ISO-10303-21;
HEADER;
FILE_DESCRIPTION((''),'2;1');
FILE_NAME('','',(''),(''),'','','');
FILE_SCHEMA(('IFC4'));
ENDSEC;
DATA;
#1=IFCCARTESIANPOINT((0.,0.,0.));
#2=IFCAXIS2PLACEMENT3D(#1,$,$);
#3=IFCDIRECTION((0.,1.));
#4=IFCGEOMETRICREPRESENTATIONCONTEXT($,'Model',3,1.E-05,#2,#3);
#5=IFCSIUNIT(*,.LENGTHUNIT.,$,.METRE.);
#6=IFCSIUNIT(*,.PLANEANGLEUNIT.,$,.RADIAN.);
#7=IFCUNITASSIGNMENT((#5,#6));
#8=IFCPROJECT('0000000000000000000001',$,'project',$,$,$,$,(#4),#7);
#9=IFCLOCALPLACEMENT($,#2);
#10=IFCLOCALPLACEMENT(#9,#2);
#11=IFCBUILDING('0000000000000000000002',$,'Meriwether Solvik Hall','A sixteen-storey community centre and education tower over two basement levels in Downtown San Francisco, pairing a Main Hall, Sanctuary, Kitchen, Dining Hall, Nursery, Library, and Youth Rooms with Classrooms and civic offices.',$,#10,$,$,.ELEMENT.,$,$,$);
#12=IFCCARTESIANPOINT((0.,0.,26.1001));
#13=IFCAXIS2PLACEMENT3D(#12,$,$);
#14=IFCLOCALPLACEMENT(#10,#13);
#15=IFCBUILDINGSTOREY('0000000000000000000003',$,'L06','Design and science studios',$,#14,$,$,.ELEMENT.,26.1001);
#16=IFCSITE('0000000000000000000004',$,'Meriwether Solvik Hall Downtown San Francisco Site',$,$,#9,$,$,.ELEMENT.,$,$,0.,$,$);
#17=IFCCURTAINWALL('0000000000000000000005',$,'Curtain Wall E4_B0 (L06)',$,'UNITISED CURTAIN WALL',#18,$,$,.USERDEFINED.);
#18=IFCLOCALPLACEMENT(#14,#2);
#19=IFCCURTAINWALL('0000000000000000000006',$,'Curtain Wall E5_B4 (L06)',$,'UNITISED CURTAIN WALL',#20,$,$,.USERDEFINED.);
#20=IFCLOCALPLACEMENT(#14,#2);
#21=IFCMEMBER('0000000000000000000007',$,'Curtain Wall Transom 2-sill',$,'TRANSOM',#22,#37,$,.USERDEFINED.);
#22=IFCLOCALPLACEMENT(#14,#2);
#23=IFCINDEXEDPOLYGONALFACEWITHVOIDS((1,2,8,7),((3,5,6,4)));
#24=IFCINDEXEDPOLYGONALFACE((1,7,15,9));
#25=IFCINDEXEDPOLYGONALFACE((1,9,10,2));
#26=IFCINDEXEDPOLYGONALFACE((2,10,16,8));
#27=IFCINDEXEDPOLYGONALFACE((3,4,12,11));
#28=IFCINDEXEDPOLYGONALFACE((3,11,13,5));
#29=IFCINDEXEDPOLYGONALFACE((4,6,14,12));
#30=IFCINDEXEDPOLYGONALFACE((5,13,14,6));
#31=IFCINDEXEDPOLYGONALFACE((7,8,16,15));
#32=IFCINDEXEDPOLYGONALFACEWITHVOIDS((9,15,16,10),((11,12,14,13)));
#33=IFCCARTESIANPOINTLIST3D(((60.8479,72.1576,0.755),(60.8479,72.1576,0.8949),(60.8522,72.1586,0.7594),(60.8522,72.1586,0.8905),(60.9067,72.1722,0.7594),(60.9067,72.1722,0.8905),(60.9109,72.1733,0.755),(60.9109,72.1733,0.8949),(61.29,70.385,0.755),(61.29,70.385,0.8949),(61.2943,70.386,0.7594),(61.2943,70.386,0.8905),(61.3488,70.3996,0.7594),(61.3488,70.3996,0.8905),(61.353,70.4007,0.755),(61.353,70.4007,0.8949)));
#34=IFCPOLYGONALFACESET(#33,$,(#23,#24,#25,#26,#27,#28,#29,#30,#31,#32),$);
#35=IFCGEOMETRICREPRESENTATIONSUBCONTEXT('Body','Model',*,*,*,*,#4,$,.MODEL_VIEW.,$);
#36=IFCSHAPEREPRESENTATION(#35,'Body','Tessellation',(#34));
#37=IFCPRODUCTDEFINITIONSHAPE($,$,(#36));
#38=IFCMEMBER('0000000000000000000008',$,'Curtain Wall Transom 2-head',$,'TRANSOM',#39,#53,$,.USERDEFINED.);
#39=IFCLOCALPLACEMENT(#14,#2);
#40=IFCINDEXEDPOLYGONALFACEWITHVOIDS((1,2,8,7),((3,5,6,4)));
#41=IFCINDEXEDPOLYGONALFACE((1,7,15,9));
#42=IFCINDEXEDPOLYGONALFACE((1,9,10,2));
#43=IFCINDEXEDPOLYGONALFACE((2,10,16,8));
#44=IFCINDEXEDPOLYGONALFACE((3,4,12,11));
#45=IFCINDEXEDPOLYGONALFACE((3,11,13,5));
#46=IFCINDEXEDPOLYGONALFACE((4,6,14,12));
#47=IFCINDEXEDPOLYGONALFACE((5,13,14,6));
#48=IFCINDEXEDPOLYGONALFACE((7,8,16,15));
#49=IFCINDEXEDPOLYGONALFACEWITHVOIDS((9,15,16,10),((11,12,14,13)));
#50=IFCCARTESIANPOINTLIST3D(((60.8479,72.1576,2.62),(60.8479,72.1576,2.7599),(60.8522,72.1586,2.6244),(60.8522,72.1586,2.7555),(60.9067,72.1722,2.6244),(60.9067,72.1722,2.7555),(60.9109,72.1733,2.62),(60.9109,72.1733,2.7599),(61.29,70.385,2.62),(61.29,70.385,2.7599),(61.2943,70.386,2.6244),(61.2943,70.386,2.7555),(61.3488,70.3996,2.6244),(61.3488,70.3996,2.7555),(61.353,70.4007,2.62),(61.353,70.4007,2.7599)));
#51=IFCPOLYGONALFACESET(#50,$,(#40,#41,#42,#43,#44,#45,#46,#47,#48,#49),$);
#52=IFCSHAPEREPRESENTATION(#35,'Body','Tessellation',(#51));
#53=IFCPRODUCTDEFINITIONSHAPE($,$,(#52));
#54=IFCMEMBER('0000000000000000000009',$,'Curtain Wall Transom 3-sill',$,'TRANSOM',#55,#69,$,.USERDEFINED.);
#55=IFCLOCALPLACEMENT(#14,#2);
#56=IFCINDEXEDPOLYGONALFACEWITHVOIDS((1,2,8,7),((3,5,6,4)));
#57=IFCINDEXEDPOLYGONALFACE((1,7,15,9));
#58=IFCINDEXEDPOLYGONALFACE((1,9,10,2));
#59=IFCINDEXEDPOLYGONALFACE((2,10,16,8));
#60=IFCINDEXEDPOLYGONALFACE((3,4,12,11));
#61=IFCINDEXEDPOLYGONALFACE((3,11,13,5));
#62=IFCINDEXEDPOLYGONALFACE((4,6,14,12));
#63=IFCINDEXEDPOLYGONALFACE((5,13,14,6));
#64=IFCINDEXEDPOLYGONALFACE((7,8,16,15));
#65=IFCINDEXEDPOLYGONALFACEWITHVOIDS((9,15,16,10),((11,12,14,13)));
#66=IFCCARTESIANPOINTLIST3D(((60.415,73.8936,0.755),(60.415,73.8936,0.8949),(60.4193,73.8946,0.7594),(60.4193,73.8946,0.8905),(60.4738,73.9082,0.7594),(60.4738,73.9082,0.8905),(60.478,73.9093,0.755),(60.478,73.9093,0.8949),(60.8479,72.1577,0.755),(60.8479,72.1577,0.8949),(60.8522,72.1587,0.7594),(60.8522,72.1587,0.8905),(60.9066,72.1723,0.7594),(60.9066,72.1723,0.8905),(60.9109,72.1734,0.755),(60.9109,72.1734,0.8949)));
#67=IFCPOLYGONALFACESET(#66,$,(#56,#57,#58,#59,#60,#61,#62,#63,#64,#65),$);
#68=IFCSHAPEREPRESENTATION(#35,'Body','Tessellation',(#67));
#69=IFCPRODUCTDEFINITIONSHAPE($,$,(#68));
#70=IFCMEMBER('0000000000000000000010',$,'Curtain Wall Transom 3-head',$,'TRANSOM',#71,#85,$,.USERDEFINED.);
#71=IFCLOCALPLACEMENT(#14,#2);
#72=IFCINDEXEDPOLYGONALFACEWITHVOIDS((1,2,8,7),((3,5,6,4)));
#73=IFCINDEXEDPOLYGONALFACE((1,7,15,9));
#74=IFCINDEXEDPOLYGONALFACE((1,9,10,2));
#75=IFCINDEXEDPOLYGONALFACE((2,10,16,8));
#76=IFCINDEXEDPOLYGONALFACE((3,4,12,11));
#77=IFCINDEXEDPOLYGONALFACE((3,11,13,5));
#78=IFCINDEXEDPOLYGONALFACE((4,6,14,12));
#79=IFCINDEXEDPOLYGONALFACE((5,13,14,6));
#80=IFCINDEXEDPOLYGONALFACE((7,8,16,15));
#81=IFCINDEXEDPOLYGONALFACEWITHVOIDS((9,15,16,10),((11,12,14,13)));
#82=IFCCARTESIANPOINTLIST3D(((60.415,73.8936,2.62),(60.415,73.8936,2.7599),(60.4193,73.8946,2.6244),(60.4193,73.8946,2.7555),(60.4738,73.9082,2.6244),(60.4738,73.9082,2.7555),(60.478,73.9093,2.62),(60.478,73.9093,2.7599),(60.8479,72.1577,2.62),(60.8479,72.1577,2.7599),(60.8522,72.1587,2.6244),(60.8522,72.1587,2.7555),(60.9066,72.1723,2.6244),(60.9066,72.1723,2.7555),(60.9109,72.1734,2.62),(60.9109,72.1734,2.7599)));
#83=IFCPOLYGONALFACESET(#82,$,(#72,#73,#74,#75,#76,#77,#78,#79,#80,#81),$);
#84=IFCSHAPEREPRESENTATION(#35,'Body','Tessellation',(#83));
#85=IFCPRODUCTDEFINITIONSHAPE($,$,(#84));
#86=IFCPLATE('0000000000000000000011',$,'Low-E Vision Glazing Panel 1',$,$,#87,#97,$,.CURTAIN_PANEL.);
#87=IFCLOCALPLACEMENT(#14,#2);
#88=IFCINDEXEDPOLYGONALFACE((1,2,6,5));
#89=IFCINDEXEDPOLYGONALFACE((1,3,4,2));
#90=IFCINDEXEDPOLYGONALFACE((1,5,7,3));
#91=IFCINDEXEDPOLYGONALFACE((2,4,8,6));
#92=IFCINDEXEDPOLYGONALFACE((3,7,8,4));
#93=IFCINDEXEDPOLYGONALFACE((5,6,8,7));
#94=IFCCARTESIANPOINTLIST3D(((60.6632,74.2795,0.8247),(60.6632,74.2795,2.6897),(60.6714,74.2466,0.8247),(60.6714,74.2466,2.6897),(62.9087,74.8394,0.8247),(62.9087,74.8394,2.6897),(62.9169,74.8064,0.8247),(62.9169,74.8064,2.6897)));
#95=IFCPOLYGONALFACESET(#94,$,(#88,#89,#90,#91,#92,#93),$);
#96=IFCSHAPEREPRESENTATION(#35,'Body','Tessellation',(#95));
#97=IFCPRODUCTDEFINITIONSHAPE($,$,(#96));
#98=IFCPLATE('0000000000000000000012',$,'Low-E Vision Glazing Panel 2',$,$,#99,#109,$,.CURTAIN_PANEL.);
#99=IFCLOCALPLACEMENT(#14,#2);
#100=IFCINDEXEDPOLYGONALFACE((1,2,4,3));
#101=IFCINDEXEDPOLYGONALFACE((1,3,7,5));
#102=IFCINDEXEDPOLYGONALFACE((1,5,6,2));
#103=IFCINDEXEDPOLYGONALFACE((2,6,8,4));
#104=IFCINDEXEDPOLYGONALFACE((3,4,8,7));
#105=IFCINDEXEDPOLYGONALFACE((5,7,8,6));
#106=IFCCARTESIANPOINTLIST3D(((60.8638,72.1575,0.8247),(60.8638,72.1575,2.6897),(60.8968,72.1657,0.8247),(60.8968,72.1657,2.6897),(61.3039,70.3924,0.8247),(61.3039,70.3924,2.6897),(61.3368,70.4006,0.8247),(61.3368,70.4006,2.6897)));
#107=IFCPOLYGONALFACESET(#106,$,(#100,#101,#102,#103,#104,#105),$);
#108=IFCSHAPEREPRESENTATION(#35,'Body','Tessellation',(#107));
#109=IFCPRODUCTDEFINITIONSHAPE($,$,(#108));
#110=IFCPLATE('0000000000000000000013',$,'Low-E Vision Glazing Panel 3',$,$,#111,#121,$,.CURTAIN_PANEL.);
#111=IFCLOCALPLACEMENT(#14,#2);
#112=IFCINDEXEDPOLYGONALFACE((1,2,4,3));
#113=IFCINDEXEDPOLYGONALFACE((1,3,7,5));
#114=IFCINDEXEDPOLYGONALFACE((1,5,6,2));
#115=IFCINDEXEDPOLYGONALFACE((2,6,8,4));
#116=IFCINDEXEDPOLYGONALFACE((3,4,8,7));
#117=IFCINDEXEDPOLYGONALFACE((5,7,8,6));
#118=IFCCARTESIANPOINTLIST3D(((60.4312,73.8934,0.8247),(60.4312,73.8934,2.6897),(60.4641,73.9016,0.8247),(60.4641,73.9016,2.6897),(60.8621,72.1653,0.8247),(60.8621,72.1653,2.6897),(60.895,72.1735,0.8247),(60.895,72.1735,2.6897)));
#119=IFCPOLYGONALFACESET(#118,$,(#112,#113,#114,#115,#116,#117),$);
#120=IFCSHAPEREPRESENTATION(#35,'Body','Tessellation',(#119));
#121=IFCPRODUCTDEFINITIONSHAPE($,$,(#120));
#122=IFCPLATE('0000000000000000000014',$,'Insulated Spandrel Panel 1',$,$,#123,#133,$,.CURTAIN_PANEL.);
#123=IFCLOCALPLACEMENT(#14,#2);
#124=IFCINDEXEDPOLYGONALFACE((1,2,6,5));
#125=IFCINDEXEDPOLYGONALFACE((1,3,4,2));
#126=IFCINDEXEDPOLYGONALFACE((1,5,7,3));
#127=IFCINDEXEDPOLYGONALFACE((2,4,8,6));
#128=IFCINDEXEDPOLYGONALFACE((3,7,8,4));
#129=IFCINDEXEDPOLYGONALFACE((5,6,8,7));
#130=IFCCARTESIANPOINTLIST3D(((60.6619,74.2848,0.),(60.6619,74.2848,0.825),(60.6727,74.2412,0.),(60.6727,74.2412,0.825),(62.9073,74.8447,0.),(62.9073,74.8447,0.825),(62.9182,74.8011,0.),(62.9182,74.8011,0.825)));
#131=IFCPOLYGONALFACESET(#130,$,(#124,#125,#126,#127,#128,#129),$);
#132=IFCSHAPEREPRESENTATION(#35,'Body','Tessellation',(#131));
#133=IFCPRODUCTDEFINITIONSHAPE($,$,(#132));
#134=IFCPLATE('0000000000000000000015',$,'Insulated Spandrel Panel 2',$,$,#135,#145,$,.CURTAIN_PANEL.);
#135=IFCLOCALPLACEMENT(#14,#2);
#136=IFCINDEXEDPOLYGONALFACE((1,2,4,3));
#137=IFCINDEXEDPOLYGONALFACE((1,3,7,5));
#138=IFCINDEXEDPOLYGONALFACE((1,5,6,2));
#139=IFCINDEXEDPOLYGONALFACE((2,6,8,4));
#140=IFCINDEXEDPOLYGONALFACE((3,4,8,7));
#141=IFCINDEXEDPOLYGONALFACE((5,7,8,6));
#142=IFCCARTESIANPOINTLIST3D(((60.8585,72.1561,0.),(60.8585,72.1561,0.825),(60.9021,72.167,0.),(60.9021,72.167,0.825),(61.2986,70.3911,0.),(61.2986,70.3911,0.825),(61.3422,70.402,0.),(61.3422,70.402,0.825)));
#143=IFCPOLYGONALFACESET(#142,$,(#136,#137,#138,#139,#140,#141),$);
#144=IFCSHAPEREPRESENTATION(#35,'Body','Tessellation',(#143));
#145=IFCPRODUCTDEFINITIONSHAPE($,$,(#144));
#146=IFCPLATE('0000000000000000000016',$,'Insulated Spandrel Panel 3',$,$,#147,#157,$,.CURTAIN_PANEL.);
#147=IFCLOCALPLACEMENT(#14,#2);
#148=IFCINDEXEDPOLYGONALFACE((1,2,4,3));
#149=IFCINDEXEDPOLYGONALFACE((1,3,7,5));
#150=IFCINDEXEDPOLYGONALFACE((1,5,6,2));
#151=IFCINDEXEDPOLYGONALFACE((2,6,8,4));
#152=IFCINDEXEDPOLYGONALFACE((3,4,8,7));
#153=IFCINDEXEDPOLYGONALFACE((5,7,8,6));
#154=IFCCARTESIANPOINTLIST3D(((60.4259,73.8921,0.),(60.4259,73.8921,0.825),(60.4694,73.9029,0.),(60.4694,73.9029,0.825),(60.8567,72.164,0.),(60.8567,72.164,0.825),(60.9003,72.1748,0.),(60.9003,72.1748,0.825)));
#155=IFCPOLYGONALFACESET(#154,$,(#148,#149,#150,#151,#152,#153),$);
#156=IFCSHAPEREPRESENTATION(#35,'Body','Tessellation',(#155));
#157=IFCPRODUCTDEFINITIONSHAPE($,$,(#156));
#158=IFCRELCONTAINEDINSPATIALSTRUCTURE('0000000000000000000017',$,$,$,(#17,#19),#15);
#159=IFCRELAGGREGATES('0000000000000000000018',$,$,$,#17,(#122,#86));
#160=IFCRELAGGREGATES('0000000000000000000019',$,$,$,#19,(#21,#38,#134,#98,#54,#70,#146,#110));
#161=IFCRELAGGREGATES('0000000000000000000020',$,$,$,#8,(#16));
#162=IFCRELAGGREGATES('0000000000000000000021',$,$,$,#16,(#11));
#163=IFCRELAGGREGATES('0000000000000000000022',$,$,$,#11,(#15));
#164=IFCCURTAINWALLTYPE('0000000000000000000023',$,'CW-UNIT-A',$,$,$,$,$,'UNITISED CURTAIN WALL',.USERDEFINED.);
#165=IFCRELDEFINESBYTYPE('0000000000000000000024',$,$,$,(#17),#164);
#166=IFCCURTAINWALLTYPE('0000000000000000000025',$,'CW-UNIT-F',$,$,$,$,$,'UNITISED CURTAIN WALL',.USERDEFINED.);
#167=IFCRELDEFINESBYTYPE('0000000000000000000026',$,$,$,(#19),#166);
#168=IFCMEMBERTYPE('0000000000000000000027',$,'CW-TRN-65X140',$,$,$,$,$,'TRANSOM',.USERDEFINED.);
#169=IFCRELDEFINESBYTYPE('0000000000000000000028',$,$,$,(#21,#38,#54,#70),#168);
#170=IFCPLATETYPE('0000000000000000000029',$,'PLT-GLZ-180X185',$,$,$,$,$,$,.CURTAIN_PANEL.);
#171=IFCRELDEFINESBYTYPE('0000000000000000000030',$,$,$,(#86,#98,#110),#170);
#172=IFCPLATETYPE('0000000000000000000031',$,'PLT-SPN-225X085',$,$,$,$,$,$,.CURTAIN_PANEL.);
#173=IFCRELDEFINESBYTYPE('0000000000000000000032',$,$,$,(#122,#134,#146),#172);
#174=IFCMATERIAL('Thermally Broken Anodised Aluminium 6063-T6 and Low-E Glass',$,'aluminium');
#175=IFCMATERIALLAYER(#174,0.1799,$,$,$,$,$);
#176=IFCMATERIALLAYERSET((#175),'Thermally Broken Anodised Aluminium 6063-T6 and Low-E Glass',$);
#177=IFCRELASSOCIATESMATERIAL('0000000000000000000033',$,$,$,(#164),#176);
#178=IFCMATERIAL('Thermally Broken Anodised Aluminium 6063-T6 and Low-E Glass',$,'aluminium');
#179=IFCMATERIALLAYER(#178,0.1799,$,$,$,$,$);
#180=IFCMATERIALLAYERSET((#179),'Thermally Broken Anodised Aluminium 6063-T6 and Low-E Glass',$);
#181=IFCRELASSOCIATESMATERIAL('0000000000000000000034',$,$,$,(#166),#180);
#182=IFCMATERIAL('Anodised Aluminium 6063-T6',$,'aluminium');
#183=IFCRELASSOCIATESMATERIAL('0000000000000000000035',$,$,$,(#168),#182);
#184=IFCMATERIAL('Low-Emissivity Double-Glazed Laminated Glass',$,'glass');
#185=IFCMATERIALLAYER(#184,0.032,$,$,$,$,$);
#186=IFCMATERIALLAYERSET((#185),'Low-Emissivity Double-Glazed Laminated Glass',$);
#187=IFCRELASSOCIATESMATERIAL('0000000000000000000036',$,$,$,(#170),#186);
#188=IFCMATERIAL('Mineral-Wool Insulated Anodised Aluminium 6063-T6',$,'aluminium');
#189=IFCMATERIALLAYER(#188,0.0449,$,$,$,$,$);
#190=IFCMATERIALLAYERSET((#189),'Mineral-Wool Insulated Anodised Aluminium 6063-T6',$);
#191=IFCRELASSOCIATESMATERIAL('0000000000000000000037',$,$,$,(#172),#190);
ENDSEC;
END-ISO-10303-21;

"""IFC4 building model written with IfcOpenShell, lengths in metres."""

from ifc_helpers import new_model, si_unit, direction, frame, origin, origin_2d, place, context, subcontext, project, spatial, rectangle, hollow_rectangle, extrude, material, layer, layer_set, material_profile, profile_set, type_object, element, aggregate, save


model = new_model("IFC4")

# Units and contexts
model_context = context("Model", 3, precision=1e-05, world=origin(), true_north=direction((0.0, 1.0)))
body_context = subcontext(model_context, "Body", "Model", "MODEL_VIEW")
ifc_project = project(units=[si_unit("LENGTHUNIT", "METRE"), si_unit("PLANEANGLEUNIT", "RADIAN")], contexts=[model_context])

# Site, building, storey
site_placement = place(None, origin())
site = spatial("IfcSite", under=ifc_project, at=site_placement, Name="Meriwether Solvik Hall Downtown San Francisco Site", CompositionType="ELEMENT", RefElevation=0.0)
building_placement = place(site_placement, origin())
building = spatial("IfcBuilding", under=site, at=building_placement, Name="Meriwether Solvik Hall", Description="A sixteen-storey community centre and education tower over two basement levels in Downtown San Francisco, pairing a Main Hall, Sanctuary, Kitchen, Dining Hall, Nursery, Library, and Youth Rooms with Classrooms and civic offices.", CompositionType="ELEMENT")
storey_placement = place(building_placement, frame((0.0, 0.0, 26.1001)))
storey = spatial("IfcBuildingStorey", under=building, at=storey_placement, Name="L06", Description="Design and science studios", CompositionType="ELEMENT", Elevation=26.1001)

# Curtain walls
ifc_material_1 = material(Name="Thermally Broken Anodised Aluminium 6063-T6 and Low-E Glass", Category="aluminium")
ifc_layer_1 = layer(ifc_material_1, 0.1799)
ifc_layer_set_1 = layer_set([ifc_layer_1], Name="Thermally Broken Anodised Aluminium 6063-T6 and Low-E Glass")
curtain_wall_type_1 = type_object("IfcCurtainWallType", Name="CW-UNIT-A", ElementType="UNITISED CURTAIN WALL", PredefinedType="USERDEFINED", material=ifc_layer_set_1)
curtain_wall_1_placement = place(storey_placement, origin())
curtain_wall_1 = element("IfcCurtainWall", 1, at=curtain_wall_1_placement, inside=storey, type_object=curtain_wall_type_1, Name="Curtain Wall E4_B0 (L06)", ObjectType="UNITISED CURTAIN WALL", PredefinedType="USERDEFINED")
ifc_material_2 = material(Name="Thermally Broken Anodised Aluminium 6063-T6 and Low-E Glass", Category="aluminium")
ifc_layer_2 = layer(ifc_material_2, 0.1799)
ifc_layer_set_2 = layer_set([ifc_layer_2], Name="Thermally Broken Anodised Aluminium 6063-T6 and Low-E Glass")
curtain_wall_type_2 = type_object("IfcCurtainWallType", Name="CW-UNIT-F", ElementType="UNITISED CURTAIN WALL", PredefinedType="USERDEFINED", material=ifc_layer_set_2)
curtain_wall_2_placement = place(storey_placement, origin())
curtain_wall_2 = element("IfcCurtainWall", 2, at=curtain_wall_2_placement, inside=storey, type_object=curtain_wall_type_2, Name="Curtain Wall E5_B4 (L06)", ObjectType="UNITISED CURTAIN WALL", PredefinedType="USERDEFINED")

# Members
ifc_material_3 = material(Name="Anodised Aluminium 6063-T6", Category="aluminium")
ifc_material_profile_1 = material_profile(ifc_material_3, hollow_rectangle(XDim=0.0649, YDim=0.1399, WallThickness=0.0044, at=origin_2d()), Name="CWT-65X140")
ifc_profile_set_1 = profile_set([ifc_material_profile_1], Name="Anodised Aluminium 6063-T6")
member_type_1 = type_object("IfcMemberType", Name="CW-TRN-65X140", ElementType="TRANSOM", PredefinedType="USERDEFINED", material=ifc_profile_set_1)
member_1_placement = place(storey_placement, frame((61.3215, 70.3928, 0.825), z_axis=(-0.242001, 0.970276, 0.0), x_axis=(-0.970276, -0.242001, 0.0)))
member_1 = element("IfcMember", 3, at=member_1_placement, type_object=member_type_1, Name="Curtain Wall Transom 2-sill", ObjectType="TRANSOM", PredefinedType="USERDEFINED", context=body_context, shape_type="SweptSolid", body=[
    extrude(hollow_rectangle(XDim=0.0649, YDim=0.1399, WallThickness=0.0044, at=origin_2d()), origin(), (0.0, 0.0, 1.0), 1.8269),
])
member_2_placement = place(storey_placement, frame((61.3215, 70.3928, 2.6899), z_axis=(-0.242001, 0.970276, 0.0), x_axis=(-0.970276, -0.242001, 0.0)))
member_2 = element("IfcMember", 4, at=member_2_placement, type_object=member_type_1, Name="Curtain Wall Transom 2-head", ObjectType="TRANSOM", PredefinedType="USERDEFINED", context=body_context, shape_type="SweptSolid", body=[
    extrude(hollow_rectangle(XDim=0.0649, YDim=0.1399, WallThickness=0.0044, at=origin_2d()), origin(), (0.0, 0.0, 1.0), 1.8269),
])
member_3_placement = place(storey_placement, frame((60.8794, 72.1655, 0.825), z_axis=(-0.241958, 0.970287, 0.0), x_axis=(-0.970287, -0.241958, 0.0)))
member_3 = element("IfcMember", 5, at=member_3_placement, type_object=member_type_1, Name="Curtain Wall Transom 3-sill", ObjectType="TRANSOM", PredefinedType="USERDEFINED", context=body_context, shape_type="SweptSolid", body=[
    extrude(hollow_rectangle(XDim=0.0649, YDim=0.1399, WallThickness=0.0044, at=origin_2d()), origin(), (0.0, 0.0, 1.0), 1.7891),
])
member_4_placement = place(storey_placement, frame((60.8794, 72.1655, 2.6899), z_axis=(-0.241958, 0.970287, 0.0), x_axis=(-0.970287, -0.241958, 0.0)))
member_4 = element("IfcMember", 6, at=member_4_placement, type_object=member_type_1, Name="Curtain Wall Transom 3-head", ObjectType="TRANSOM", PredefinedType="USERDEFINED", context=body_context, shape_type="SweptSolid", body=[
    extrude(hollow_rectangle(XDim=0.0649, YDim=0.1399, WallThickness=0.0044, at=origin_2d()), origin(), (0.0, 0.0, 1.0), 1.7891),
])

# Plates
ifc_material_4 = material(Name="Low-Emissivity Double-Glazed Laminated Glass", Category="glass")
ifc_layer_3 = layer(ifc_material_4, 0.032)
ifc_layer_set_3 = layer_set([ifc_layer_3], Name="Low-Emissivity Double-Glazed Laminated Glass")
plate_type_1 = type_object("IfcPlateType", Name="PLT-GLZ-180X185", PredefinedType="CURTAIN_PANEL", material=ifc_layer_set_3)
plate_1_placement = place(storey_placement, frame((61.79, 74.543, 0.8247), z_axis=(0.0, 0.0, 1.0), x_axis=(0.970296, 0.241922, 0.0)))
plate_1 = element("IfcPlate", 7, at=plate_1_placement, type_object=plate_type_1, Name="Low-E Vision Glazing Panel 1", PredefinedType="CURTAIN_PANEL", context=body_context, shape_type="SweptSolid", body=[
    extrude(rectangle(XDim=2.3142, YDim=0.0339, at=origin_2d()), origin(), (0.0, 0.0, 1.0), 1.865),
])
plate_2_placement = place(storey_placement, frame((61.1003, 71.2791, 0.8247), z_axis=(0.0, 0.0, 1.0), x_axis=(-0.241922, 0.970296, 0.0)))
plate_2 = element("IfcPlate", 8, at=plate_2_placement, type_object=plate_type_1, Name="Low-E Vision Glazing Panel 2", PredefinedType="CURTAIN_PANEL", context=body_context, shape_type="SweptSolid", body=[
    extrude(rectangle(XDim=1.8191, YDim=0.0339, at=origin_2d()), origin(), (0.0, 0.0, 1.0), 1.865),
])
plate_3_placement = place(storey_placement, frame((60.6631, 73.0334, 0.8247), z_axis=(0.0, 0.0, 1.0), x_axis=(-0.241922, 0.970296, 0.0)))
plate_3 = element("IfcPlate", 9, at=plate_3_placement, type_object=plate_type_1, Name="Low-E Vision Glazing Panel 3", PredefinedType="CURTAIN_PANEL", context=body_context, shape_type="SweptSolid", body=[
    extrude(rectangle(XDim=1.781, YDim=0.0339, at=origin_2d()), origin(), (0.0, 0.0, 1.0), 1.865),
])
ifc_material_5 = material(Name="Mineral-Wool Insulated Anodised Aluminium 6063-T6", Category="aluminium")
ifc_layer_4 = layer(ifc_material_5, 0.0449)
ifc_layer_set_4 = layer_set([ifc_layer_4], Name="Mineral-Wool Insulated Anodised Aluminium 6063-T6")
plate_type_2 = type_object("IfcPlateType", Name="PLT-SPN-225X085", PredefinedType="CURTAIN_PANEL", material=ifc_layer_set_4)
plate_4_placement = place(storey_placement, frame((61.79, 74.543, 0.0), z_axis=(0.0, 0.0, 1.0), x_axis=(0.970296, 0.241922, 0.0)))
plate_4 = element("IfcPlate", 10, at=plate_4_placement, type_object=plate_type_2, Name="Insulated Spandrel Panel 1", PredefinedType="CURTAIN_PANEL", context=body_context, shape_type="SweptSolid", body=[
    extrude(rectangle(XDim=2.3142, YDim=0.0449, at=origin_2d()), origin(), (0.0, 0.0, 1.0), 0.825),
])
aggregate(curtain_wall_1, [plate_4, plate_1])
plate_5_placement = place(storey_placement, frame((61.1003, 71.2791, 0.0), z_axis=(0.0, 0.0, 1.0), x_axis=(-0.241922, 0.970296, 0.0)))
plate_5 = element("IfcPlate", 11, at=plate_5_placement, type_object=plate_type_2, Name="Insulated Spandrel Panel 2", PredefinedType="CURTAIN_PANEL", context=body_context, shape_type="SweptSolid", body=[
    extrude(rectangle(XDim=1.8191, YDim=0.0449, at=origin_2d()), origin(), (0.0, 0.0, 1.0), 0.825),
])
plate_6_placement = place(storey_placement, frame((60.6631, 73.0334, 0.0), z_axis=(0.0, 0.0, 1.0), x_axis=(-0.241922, 0.970296, 0.0)))
plate_6 = element("IfcPlate", 12, at=plate_6_placement, type_object=plate_type_2, Name="Insulated Spandrel Panel 3", PredefinedType="CURTAIN_PANEL", context=body_context, shape_type="SweptSolid", body=[
    extrude(rectangle(XDim=1.781, YDim=0.0449, at=origin_2d()), origin(), (0.0, 0.0, 1.0), 0.825),
])
aggregate(curtain_wall_2, [member_1, member_2, plate_5, plate_2, member_3, member_4, plate_6, plate_3])

save(model, "model.ifc")
